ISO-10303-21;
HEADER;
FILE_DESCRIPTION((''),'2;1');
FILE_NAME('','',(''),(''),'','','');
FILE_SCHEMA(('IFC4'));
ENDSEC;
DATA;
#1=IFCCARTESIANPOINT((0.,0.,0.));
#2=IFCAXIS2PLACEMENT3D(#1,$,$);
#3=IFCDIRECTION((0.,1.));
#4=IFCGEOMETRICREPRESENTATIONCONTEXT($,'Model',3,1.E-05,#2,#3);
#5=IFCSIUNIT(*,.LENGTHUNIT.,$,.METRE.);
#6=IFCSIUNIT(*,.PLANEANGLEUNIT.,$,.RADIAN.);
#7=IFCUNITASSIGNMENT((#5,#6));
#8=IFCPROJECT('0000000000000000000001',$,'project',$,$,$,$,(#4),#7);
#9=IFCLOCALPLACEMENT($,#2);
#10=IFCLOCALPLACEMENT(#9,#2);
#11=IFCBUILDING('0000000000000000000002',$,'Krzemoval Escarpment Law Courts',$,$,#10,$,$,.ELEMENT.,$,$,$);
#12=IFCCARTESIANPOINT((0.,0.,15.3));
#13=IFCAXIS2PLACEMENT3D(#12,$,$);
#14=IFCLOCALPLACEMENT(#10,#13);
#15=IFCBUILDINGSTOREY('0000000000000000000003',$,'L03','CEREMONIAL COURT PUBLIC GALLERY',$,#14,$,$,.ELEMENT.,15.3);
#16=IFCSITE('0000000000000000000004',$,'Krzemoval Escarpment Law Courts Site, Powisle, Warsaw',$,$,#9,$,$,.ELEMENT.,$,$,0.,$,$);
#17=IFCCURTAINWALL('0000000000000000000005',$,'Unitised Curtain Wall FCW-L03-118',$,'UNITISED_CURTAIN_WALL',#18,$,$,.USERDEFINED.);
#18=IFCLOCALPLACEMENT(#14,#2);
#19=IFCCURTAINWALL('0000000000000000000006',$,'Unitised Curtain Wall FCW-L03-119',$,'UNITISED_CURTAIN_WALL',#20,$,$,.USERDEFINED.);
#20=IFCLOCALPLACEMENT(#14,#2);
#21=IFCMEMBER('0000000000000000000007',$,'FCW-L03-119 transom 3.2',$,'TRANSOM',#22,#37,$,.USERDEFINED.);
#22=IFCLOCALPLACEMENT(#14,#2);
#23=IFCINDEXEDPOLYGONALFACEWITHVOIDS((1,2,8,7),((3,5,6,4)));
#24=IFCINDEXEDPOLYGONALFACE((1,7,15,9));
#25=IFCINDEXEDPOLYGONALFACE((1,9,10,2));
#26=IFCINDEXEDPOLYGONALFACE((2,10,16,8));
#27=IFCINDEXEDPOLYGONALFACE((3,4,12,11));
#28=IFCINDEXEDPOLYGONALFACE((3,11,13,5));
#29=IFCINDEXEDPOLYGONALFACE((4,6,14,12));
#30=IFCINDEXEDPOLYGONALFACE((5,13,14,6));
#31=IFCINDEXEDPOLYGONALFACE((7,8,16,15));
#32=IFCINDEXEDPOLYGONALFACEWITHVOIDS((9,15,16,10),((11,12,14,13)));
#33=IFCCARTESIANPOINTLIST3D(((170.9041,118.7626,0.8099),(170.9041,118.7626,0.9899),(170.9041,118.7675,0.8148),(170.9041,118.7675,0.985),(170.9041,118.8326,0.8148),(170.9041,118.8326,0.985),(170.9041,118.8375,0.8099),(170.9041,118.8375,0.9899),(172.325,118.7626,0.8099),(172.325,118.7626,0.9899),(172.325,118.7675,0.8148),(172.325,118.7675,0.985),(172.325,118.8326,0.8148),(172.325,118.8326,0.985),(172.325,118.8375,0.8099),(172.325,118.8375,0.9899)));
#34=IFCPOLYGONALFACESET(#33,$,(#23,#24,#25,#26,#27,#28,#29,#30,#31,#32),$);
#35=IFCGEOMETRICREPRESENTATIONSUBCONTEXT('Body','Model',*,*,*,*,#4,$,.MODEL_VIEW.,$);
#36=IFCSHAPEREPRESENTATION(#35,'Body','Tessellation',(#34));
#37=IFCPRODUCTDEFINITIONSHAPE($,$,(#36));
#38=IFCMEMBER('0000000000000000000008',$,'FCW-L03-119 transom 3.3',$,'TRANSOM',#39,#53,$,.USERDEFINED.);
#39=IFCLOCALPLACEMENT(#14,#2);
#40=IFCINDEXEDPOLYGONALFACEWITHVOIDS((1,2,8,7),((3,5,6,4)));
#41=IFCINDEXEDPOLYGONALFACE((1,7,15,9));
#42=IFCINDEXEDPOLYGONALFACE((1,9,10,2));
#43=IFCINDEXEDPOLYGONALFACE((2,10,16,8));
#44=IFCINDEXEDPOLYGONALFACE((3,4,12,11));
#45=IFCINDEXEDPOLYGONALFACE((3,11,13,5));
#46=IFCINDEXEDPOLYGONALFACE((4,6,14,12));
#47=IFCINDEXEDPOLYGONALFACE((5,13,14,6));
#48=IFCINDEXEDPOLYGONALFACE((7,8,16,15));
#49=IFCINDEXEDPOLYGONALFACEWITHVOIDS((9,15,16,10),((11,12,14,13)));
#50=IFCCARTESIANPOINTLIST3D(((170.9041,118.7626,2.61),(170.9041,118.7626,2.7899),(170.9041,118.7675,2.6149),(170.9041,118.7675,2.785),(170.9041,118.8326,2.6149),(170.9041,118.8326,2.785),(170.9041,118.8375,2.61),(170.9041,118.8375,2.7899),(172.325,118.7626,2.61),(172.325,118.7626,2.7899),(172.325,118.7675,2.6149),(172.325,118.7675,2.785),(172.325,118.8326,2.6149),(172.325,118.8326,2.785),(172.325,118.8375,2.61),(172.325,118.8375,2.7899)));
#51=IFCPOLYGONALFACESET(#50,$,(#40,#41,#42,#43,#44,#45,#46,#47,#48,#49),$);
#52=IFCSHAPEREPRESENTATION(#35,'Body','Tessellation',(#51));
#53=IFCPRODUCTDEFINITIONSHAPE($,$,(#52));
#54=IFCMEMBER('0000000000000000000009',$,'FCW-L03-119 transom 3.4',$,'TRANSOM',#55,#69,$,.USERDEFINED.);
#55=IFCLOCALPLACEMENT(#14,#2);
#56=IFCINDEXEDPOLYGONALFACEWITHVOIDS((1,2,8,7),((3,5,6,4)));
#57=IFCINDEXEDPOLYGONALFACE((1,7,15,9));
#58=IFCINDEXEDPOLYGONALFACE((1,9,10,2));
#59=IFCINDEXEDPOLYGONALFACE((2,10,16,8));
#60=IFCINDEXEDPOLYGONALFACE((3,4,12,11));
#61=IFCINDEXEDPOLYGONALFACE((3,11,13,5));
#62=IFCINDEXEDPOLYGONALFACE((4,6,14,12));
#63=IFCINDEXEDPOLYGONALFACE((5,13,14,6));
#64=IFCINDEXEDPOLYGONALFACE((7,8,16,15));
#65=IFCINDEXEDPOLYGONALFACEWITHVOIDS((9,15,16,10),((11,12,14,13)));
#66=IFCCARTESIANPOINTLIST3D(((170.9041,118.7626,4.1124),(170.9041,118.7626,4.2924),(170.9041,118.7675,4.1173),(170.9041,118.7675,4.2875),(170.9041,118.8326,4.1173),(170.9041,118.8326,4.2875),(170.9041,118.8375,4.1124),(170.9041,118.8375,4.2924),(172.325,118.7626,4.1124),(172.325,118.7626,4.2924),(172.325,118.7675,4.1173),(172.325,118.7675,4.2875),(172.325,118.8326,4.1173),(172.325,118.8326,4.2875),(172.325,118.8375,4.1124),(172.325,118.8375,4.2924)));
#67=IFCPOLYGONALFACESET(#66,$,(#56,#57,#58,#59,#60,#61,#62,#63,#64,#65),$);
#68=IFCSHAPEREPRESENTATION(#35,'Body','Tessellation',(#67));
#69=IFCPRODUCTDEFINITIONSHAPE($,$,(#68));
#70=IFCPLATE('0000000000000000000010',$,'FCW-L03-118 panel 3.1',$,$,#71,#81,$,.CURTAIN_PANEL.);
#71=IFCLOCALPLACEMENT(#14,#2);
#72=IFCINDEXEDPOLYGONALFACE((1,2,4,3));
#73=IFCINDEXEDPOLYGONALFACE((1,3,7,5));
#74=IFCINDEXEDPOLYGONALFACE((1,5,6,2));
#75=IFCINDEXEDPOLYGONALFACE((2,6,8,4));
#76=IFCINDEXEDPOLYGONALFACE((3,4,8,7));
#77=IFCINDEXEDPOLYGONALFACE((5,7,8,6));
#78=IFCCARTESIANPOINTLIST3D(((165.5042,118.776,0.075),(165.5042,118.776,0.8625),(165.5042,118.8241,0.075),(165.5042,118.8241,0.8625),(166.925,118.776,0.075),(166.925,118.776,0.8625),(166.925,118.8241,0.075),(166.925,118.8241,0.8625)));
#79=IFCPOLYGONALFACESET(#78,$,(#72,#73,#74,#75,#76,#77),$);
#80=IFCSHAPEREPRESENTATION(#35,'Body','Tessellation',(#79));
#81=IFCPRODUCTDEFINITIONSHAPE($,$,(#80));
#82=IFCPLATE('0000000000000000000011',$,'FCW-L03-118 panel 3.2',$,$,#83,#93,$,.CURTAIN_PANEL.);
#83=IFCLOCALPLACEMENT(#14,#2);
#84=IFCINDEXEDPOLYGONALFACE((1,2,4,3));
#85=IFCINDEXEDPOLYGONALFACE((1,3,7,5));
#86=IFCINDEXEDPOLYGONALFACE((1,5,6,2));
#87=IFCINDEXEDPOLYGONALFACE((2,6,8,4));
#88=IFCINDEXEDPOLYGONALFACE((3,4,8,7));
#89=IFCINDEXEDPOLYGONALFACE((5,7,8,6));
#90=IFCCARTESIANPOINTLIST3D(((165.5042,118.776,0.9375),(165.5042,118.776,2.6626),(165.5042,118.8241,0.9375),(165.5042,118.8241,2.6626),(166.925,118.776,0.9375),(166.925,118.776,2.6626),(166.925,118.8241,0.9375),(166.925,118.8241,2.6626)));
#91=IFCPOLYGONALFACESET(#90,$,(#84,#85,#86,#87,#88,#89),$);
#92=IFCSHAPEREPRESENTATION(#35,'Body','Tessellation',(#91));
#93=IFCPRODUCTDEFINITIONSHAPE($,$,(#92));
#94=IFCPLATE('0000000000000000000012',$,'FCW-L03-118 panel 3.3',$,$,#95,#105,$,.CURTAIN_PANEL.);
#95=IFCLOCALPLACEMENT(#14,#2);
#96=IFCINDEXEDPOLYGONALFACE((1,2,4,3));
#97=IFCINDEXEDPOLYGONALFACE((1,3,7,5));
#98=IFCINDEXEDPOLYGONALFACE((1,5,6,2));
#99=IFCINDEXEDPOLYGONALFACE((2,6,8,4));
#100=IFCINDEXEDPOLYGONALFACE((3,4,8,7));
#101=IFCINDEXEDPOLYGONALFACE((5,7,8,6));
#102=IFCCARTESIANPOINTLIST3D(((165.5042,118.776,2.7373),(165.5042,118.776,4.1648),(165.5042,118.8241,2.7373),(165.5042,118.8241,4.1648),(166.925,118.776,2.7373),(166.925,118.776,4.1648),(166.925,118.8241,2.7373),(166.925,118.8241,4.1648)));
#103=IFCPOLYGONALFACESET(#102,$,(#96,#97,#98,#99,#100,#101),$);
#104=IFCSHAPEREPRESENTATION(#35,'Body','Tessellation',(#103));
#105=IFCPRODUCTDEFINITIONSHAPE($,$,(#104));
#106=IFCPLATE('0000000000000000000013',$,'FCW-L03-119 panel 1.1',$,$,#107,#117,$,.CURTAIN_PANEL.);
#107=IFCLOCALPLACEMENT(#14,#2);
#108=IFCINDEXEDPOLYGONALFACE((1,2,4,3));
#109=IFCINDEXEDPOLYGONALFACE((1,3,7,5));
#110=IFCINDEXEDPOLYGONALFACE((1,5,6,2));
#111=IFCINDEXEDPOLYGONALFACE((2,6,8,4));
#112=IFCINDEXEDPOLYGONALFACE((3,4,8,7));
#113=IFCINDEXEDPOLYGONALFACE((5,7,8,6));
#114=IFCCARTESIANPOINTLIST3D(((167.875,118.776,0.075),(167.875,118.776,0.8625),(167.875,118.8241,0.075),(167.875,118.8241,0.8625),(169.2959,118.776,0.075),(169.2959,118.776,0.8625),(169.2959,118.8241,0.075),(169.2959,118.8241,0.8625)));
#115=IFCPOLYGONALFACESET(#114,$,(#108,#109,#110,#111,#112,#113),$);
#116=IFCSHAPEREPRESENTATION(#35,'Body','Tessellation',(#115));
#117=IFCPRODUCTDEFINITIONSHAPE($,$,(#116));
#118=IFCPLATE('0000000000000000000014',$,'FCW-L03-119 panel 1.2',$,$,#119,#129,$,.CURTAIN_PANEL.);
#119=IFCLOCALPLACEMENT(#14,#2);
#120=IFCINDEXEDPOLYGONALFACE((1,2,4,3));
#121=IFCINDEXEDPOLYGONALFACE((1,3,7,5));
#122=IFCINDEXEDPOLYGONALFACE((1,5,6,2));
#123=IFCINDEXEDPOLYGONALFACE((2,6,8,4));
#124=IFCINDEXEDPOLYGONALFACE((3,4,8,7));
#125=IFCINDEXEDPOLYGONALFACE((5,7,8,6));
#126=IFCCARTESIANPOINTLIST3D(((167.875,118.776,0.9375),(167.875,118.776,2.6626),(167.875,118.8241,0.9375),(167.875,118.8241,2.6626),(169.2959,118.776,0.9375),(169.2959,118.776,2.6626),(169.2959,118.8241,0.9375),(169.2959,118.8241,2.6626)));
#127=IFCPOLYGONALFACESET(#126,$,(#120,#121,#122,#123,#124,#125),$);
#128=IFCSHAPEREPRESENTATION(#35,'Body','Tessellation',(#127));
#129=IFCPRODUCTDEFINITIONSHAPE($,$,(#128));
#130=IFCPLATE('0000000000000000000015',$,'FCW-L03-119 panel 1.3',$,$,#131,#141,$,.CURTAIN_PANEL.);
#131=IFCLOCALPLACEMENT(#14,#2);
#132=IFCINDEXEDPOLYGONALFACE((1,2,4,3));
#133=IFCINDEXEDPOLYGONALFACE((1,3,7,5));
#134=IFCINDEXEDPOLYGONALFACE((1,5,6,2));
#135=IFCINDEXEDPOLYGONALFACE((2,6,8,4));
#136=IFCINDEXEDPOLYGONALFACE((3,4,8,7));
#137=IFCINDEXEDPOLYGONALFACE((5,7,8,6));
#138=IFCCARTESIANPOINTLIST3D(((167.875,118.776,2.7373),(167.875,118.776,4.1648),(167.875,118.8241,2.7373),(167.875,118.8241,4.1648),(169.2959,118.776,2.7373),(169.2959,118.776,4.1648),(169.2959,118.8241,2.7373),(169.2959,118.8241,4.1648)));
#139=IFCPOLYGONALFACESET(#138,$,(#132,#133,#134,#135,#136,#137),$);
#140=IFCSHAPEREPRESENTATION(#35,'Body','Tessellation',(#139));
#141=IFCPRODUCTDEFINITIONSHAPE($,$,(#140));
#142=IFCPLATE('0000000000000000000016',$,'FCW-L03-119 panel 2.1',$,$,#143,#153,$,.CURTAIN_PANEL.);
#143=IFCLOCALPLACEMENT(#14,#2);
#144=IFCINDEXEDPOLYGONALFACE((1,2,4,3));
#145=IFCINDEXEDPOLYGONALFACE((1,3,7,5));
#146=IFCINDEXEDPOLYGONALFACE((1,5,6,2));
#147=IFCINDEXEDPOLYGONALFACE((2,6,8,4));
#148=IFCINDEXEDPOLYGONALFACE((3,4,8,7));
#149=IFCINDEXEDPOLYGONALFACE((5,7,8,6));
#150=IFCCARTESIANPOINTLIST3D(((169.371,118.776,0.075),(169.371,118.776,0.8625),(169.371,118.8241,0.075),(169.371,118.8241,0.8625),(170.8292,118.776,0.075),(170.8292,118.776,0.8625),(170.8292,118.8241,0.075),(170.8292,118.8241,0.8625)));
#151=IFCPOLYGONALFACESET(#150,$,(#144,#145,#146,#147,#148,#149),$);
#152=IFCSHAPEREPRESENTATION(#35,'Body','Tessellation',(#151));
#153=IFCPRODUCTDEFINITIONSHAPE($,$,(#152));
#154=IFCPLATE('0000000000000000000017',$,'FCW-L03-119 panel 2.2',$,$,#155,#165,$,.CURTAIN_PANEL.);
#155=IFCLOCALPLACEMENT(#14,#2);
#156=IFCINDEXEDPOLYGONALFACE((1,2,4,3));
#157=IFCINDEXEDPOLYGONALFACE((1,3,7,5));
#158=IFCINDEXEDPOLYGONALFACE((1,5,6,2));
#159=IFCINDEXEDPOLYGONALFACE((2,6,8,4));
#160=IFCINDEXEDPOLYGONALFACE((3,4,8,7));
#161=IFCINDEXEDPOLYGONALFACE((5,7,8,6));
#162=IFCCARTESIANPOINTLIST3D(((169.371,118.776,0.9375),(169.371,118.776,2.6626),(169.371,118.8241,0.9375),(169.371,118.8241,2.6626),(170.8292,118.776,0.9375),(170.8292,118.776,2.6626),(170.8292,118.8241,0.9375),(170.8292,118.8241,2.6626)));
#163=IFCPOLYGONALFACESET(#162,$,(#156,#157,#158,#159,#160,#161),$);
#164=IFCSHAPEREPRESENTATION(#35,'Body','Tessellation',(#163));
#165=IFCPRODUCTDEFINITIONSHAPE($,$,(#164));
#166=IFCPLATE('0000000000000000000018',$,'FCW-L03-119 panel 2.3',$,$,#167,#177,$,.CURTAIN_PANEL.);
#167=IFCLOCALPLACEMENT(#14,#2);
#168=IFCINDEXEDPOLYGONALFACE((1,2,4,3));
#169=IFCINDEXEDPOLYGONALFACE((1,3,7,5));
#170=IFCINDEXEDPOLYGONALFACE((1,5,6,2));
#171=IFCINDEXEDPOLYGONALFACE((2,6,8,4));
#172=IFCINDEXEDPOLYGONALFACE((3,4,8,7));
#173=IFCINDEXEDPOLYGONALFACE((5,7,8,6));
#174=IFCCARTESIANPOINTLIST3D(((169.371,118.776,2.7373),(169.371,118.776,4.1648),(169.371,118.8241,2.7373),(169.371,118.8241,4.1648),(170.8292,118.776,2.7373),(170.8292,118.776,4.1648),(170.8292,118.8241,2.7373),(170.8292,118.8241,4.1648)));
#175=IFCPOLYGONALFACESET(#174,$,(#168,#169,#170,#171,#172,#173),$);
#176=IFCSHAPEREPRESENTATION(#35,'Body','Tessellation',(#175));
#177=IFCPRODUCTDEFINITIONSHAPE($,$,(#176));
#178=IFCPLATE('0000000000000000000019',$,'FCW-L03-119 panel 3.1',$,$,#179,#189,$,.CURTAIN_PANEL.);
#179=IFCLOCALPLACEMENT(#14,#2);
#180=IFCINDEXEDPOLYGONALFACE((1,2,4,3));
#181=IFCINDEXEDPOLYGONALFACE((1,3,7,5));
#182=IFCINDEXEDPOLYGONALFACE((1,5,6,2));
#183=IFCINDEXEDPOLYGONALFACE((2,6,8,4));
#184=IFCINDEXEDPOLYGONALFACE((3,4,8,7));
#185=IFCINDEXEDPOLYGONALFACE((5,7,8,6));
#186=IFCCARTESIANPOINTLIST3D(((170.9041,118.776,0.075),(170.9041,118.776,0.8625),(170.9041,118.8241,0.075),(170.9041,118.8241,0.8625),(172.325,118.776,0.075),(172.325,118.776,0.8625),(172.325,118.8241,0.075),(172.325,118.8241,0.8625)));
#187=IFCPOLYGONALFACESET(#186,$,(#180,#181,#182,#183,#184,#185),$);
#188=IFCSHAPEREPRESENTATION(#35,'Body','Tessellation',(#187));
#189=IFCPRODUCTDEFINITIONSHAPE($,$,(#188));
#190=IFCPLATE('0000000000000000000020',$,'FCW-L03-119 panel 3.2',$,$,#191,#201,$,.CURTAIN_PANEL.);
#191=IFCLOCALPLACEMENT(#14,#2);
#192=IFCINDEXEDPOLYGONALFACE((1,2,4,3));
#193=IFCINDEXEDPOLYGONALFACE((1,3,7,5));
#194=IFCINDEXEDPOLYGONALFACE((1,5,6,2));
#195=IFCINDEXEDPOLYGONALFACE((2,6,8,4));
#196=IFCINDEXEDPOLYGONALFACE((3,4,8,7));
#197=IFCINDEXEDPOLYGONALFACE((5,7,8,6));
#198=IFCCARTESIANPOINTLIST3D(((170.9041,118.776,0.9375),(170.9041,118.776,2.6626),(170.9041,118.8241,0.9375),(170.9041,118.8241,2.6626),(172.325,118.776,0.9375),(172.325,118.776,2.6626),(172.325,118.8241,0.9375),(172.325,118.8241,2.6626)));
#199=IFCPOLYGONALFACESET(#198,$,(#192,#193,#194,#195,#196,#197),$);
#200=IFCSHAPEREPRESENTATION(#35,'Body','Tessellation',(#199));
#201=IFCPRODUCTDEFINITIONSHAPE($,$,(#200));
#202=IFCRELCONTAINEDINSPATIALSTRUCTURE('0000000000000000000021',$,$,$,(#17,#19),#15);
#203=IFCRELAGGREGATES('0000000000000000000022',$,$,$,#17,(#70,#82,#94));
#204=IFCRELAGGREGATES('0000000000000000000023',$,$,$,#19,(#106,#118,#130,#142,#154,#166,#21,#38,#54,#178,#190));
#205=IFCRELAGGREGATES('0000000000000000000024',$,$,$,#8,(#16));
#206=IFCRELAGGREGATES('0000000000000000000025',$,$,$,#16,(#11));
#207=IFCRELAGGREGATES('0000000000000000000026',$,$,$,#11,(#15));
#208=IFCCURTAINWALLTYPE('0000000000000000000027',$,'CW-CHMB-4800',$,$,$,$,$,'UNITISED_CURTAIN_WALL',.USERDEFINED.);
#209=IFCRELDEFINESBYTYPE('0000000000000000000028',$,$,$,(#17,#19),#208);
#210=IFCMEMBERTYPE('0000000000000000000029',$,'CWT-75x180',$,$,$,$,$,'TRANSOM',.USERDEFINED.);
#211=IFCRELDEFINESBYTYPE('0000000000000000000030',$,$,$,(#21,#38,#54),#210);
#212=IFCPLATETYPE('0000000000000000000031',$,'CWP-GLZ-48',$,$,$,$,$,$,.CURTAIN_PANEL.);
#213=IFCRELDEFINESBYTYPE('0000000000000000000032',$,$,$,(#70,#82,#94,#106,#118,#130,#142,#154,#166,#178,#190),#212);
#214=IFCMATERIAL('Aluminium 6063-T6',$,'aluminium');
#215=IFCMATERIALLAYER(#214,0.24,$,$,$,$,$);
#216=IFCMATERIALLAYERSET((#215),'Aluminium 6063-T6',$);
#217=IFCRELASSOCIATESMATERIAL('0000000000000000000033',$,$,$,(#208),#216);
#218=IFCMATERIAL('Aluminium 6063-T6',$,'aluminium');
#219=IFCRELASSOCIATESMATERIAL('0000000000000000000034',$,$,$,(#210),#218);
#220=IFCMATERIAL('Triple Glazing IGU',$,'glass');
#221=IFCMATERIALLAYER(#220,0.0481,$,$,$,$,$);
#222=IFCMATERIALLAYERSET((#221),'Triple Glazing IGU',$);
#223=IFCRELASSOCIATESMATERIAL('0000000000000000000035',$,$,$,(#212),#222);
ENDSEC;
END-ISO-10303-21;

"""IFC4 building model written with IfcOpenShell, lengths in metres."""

from ifc_helpers import new_model, si_unit, direction, frame, origin, origin_2d, place, context, subcontext, project, spatial, rectangle, hollow_rectangle, extrude, material, layer, layer_set, material_profile, profile_set, type_object, element, aggregate, save


model = new_model("IFC4")

# Units and contexts
model_context = context("Model", 3, precision=1e-05, world=origin(), true_north=direction((0.0, 1.0)))
body_context = subcontext(model_context, "Body", "Model", "MODEL_VIEW")
ifc_project = project(units=[si_unit("LENGTHUNIT", "METRE"), si_unit("PLANEANGLEUNIT", "RADIAN")], contexts=[model_context])

# Site, building, storey
site_placement = place(None, origin())
site = spatial("IfcSite", under=ifc_project, at=site_placement, Name="Krzemoval Escarpment Law Courts Site, Powisle, Warsaw", CompositionType="ELEMENT", RefElevation=0.0)
building_placement = place(site_placement, origin())
building = spatial("IfcBuilding", under=site, at=building_placement, Name="Krzemoval Escarpment Law Courts", CompositionType="ELEMENT")
storey_placement = place(building_placement, frame((0.0, 0.0, 15.3)))
storey = spatial("IfcBuildingStorey", under=building, at=storey_placement, Name="L03", Description="CEREMONIAL COURT PUBLIC GALLERY", CompositionType="ELEMENT", Elevation=15.3)

# Curtain walls
ifc_material_1 = material(Name="Aluminium 6063-T6", Category="aluminium")
ifc_layer_1 = layer(ifc_material_1, 0.24)
ifc_layer_set_1 = layer_set([ifc_layer_1], Name="Aluminium 6063-T6")
curtain_wall_type = type_object("IfcCurtainWallType", Name="CW-CHMB-4800", ElementType="UNITISED_CURTAIN_WALL", PredefinedType="USERDEFINED", material=ifc_layer_set_1)
curtain_wall_1_placement = place(storey_placement, origin())
curtain_wall_1 = element("IfcCurtainWall", 1, at=curtain_wall_1_placement, inside=storey, type_object=curtain_wall_type, Name="Unitised Curtain Wall FCW-L03-118", ObjectType="UNITISED_CURTAIN_WALL", PredefinedType="USERDEFINED")
curtain_wall_2_placement = place(storey_placement, origin())
curtain_wall_2 = element("IfcCurtainWall", 2, at=curtain_wall_2_placement, inside=storey, type_object=curtain_wall_type, Name="Unitised Curtain Wall FCW-L03-119", ObjectType="UNITISED_CURTAIN_WALL", PredefinedType="USERDEFINED")

# Members
ifc_material_2 = material(Name="Aluminium 6063-T6", Category="aluminium")
ifc_material_profile_1 = material_profile(ifc_material_2, hollow_rectangle(XDim=0.075, YDim=0.1799, WallThickness=0.0049, at=origin_2d()), Name="ALU T75x180")
ifc_profile_set_1 = profile_set([ifc_material_profile_1], Name="Aluminium 6063-T6")
member_type_1 = type_object("IfcMemberType", Name="CWT-75x180", ElementType="TRANSOM", PredefinedType="USERDEFINED", material=ifc_profile_set_1)
member_1_placement = place(storey_placement, frame((170.9041, 118.8, 0.8999), z_axis=(1.0, 0.0, 0.0), x_axis=(0.0, 1.0, 0.0)))
member_1 = element("IfcMember", 3, at=member_1_placement, type_object=member_type_1, Name="FCW-L03-119 transom 3.2", ObjectType="TRANSOM", PredefinedType="USERDEFINED", context=body_context, shape_type="SweptSolid", body=[
    extrude(hollow_rectangle(XDim=0.075, YDim=0.1799, WallThickness=0.0049, at=origin_2d()), origin(), (0.0, 0.0, 1.0), 1.4209),
])
member_2_placement = place(storey_placement, frame((170.9041, 118.8, 2.7), z_axis=(1.0, 0.0, 0.0), x_axis=(0.0, 1.0, 0.0)))
member_2 = element("IfcMember", 4, at=member_2_placement, type_object=member_type_1, Name="FCW-L03-119 transom 3.3", ObjectType="TRANSOM", PredefinedType="USERDEFINED", context=body_context, shape_type="SweptSolid", body=[
    extrude(hollow_rectangle(XDim=0.075, YDim=0.1799, WallThickness=0.0049, at=origin_2d()), origin(), (0.0, 0.0, 1.0), 1.4209),
])
member_3_placement = place(storey_placement, frame((170.9041, 118.8, 4.2024), z_axis=(1.0, 0.0, 0.0), x_axis=(0.0, 1.0, 0.0)))
member_3 = element("IfcMember", 5, at=member_3_placement, type_object=member_type_1, Name="FCW-L03-119 transom 3.4", ObjectType="TRANSOM", PredefinedType="USERDEFINED", context=body_context, shape_type="SweptSolid", body=[
    extrude(hollow_rectangle(XDim=0.075, YDim=0.1799, WallThickness=0.0049, at=origin_2d()), origin(), (0.0, 0.0, 1.0), 1.4209),
])

# Plates
ifc_material_3 = material(Name="Triple Glazing IGU", Category="glass")
ifc_layer_2 = layer(ifc_material_3, 0.0481)
ifc_layer_set_2 = layer_set([ifc_layer_2], Name="Triple Glazing IGU")
plate_type = type_object("IfcPlateType", Name="CWP-GLZ-48", PredefinedType="CURTAIN_PANEL", material=ifc_layer_set_2)
plate_1_placement = place(storey_placement, frame((166.2146, 118.8, 0.075), z_axis=(0.0, 0.0, 1.0), x_axis=(1.0, 0.0, 0.0)))
plate_1 = element("IfcPlate", 6, at=plate_1_placement, type_object=plate_type, Name="FCW-L03-118 panel 3.1", PredefinedType="CURTAIN_PANEL", context=body_context, shape_type="SweptSolid", body=[
    extrude(rectangle(XDim=1.4209, YDim=0.0481, at=origin_2d()), origin(), (0.0, 0.0, 1.0), 0.7876),
])
plate_2_placement = place(storey_placement, frame((166.2146, 118.8, 0.9375), z_axis=(0.0, 0.0, 1.0), x_axis=(1.0, 0.0, 0.0)))
plate_2 = element("IfcPlate", 7, at=plate_2_placement, type_object=plate_type, Name="FCW-L03-118 panel 3.2", PredefinedType="CURTAIN_PANEL", context=body_context, shape_type="SweptSolid", body=[
    extrude(rectangle(XDim=1.4209, YDim=0.0481, at=origin_2d()), origin(), (0.0, 0.0, 1.0), 1.7251),
])
plate_3_placement = place(storey_placement, frame((166.2146, 118.8, 2.7373), z_axis=(0.0, 0.0, 1.0), x_axis=(1.0, 0.0, 0.0)))
plate_3 = element("IfcPlate", 8, at=plate_3_placement, type_object=plate_type, Name="FCW-L03-118 panel 3.3", PredefinedType="CURTAIN_PANEL", context=body_context, shape_type="SweptSolid", body=[
    extrude(rectangle(XDim=1.4209, YDim=0.0481, at=origin_2d()), origin(), (0.0, 0.0, 1.0), 1.4275),
])
aggregate(curtain_wall_1, [plate_1, plate_2, plate_3])
plate_4_placement = place(storey_placement, frame((168.5854, 118.8, 0.075), z_axis=(0.0, 0.0, 1.0), x_axis=(1.0, 0.0, 0.0)))
plate_4 = element("IfcPlate", 9, at=plate_4_placement, type_object=plate_type, Name="FCW-L03-119 panel 1.1", PredefinedType="CURTAIN_PANEL", context=body_context, shape_type="SweptSolid", body=[
    extrude(rectangle(XDim=1.4209, YDim=0.0481, at=origin_2d()), origin(), (0.0, 0.0, 1.0), 0.7876),
])
plate_5_placement = place(storey_placement, frame((168.5854, 118.8, 0.9375), z_axis=(0.0, 0.0, 1.0), x_axis=(1.0, 0.0, 0.0)))
plate_5 = element("IfcPlate", 10, at=plate_5_placement, type_object=plate_type, Name="FCW-L03-119 panel 1.2", PredefinedType="CURTAIN_PANEL", context=body_context, shape_type="SweptSolid", body=[
    extrude(rectangle(XDim=1.4209, YDim=0.0481, at=origin_2d()), origin(), (0.0, 0.0, 1.0), 1.7251),
])
plate_6_placement = place(storey_placement, frame((168.5854, 118.8, 2.7373), z_axis=(0.0, 0.0, 1.0), x_axis=(1.0, 0.0, 0.0)))
plate_6 = element("IfcPlate", 11, at=plate_6_placement, type_object=plate_type, Name="FCW-L03-119 panel 1.3", PredefinedType="CURTAIN_PANEL", context=body_context, shape_type="SweptSolid", body=[
    extrude(rectangle(XDim=1.4209, YDim=0.0481, at=origin_2d()), origin(), (0.0, 0.0, 1.0), 1.4275),
])
plate_7_placement = place(storey_placement, frame((170.1001, 118.8, 0.075), z_axis=(0.0, 0.0, 1.0), x_axis=(1.0, 0.0, 0.0)))
plate_7 = element("IfcPlate", 12, at=plate_7_placement, type_object=plate_type, Name="FCW-L03-119 panel 2.1", PredefinedType="CURTAIN_PANEL", context=body_context, shape_type="SweptSolid", body=[
    extrude(rectangle(XDim=1.4583, YDim=0.0481, at=origin_2d()), origin(), (0.0, 0.0, 1.0), 0.7876),
])
plate_8_placement = place(storey_placement, frame((170.1001, 118.8, 0.9375), z_axis=(0.0, 0.0, 1.0), x_axis=(1.0, 0.0, 0.0)))
plate_8 = element("IfcPlate", 13, at=plate_8_placement, type_object=plate_type, Name="FCW-L03-119 panel 2.2", PredefinedType="CURTAIN_PANEL", context=body_context, shape_type="SweptSolid", body=[
    extrude(rectangle(XDim=1.4583, YDim=0.0481, at=origin_2d()), origin(), (0.0, 0.0, 1.0), 1.7251),
])
plate_9_placement = place(storey_placement, frame((170.1001, 118.8, 2.7373), z_axis=(0.0, 0.0, 1.0), x_axis=(1.0, 0.0, 0.0)))
plate_9 = element("IfcPlate", 14, at=plate_9_placement, type_object=plate_type, Name="FCW-L03-119 panel 2.3", PredefinedType="CURTAIN_PANEL", context=body_context, shape_type="SweptSolid", body=[
    extrude(rectangle(XDim=1.4583, YDim=0.0481, at=origin_2d()), origin(), (0.0, 0.0, 1.0), 1.4275),
])
plate_10_placement = place(storey_placement, frame((171.6145, 118.8, 0.075), z_axis=(0.0, 0.0, 1.0), x_axis=(1.0, 0.0, 0.0)))
plate_10 = element("IfcPlate", 15, at=plate_10_placement, type_object=plate_type, Name="FCW-L03-119 panel 3.1", PredefinedType="CURTAIN_PANEL", context=body_context, shape_type="SweptSolid", body=[
    extrude(rectangle(XDim=1.4209, YDim=0.0481, at=origin_2d()), origin(), (0.0, 0.0, 1.0), 0.7876),
])
plate_11_placement = place(storey_placement, frame((171.6145, 118.8, 0.9375), z_axis=(0.0, 0.0, 1.0), x_axis=(1.0, 0.0, 0.0)))
plate_11 = element("IfcPlate", 16, at=plate_11_placement, type_object=plate_type, Name="FCW-L03-119 panel 3.2", PredefinedType="CURTAIN_PANEL", context=body_context, shape_type="SweptSolid", body=[
    extrude(rectangle(XDim=1.4209, YDim=0.0481, at=origin_2d()), origin(), (0.0, 0.0, 1.0), 1.7251),
])
aggregate(curtain_wall_2, [plate_4, plate_5, plate_6, plate_7, plate_8, plate_9, member_1, member_2, member_3, plate_10, plate_11])

save(model, "model.ifc")
